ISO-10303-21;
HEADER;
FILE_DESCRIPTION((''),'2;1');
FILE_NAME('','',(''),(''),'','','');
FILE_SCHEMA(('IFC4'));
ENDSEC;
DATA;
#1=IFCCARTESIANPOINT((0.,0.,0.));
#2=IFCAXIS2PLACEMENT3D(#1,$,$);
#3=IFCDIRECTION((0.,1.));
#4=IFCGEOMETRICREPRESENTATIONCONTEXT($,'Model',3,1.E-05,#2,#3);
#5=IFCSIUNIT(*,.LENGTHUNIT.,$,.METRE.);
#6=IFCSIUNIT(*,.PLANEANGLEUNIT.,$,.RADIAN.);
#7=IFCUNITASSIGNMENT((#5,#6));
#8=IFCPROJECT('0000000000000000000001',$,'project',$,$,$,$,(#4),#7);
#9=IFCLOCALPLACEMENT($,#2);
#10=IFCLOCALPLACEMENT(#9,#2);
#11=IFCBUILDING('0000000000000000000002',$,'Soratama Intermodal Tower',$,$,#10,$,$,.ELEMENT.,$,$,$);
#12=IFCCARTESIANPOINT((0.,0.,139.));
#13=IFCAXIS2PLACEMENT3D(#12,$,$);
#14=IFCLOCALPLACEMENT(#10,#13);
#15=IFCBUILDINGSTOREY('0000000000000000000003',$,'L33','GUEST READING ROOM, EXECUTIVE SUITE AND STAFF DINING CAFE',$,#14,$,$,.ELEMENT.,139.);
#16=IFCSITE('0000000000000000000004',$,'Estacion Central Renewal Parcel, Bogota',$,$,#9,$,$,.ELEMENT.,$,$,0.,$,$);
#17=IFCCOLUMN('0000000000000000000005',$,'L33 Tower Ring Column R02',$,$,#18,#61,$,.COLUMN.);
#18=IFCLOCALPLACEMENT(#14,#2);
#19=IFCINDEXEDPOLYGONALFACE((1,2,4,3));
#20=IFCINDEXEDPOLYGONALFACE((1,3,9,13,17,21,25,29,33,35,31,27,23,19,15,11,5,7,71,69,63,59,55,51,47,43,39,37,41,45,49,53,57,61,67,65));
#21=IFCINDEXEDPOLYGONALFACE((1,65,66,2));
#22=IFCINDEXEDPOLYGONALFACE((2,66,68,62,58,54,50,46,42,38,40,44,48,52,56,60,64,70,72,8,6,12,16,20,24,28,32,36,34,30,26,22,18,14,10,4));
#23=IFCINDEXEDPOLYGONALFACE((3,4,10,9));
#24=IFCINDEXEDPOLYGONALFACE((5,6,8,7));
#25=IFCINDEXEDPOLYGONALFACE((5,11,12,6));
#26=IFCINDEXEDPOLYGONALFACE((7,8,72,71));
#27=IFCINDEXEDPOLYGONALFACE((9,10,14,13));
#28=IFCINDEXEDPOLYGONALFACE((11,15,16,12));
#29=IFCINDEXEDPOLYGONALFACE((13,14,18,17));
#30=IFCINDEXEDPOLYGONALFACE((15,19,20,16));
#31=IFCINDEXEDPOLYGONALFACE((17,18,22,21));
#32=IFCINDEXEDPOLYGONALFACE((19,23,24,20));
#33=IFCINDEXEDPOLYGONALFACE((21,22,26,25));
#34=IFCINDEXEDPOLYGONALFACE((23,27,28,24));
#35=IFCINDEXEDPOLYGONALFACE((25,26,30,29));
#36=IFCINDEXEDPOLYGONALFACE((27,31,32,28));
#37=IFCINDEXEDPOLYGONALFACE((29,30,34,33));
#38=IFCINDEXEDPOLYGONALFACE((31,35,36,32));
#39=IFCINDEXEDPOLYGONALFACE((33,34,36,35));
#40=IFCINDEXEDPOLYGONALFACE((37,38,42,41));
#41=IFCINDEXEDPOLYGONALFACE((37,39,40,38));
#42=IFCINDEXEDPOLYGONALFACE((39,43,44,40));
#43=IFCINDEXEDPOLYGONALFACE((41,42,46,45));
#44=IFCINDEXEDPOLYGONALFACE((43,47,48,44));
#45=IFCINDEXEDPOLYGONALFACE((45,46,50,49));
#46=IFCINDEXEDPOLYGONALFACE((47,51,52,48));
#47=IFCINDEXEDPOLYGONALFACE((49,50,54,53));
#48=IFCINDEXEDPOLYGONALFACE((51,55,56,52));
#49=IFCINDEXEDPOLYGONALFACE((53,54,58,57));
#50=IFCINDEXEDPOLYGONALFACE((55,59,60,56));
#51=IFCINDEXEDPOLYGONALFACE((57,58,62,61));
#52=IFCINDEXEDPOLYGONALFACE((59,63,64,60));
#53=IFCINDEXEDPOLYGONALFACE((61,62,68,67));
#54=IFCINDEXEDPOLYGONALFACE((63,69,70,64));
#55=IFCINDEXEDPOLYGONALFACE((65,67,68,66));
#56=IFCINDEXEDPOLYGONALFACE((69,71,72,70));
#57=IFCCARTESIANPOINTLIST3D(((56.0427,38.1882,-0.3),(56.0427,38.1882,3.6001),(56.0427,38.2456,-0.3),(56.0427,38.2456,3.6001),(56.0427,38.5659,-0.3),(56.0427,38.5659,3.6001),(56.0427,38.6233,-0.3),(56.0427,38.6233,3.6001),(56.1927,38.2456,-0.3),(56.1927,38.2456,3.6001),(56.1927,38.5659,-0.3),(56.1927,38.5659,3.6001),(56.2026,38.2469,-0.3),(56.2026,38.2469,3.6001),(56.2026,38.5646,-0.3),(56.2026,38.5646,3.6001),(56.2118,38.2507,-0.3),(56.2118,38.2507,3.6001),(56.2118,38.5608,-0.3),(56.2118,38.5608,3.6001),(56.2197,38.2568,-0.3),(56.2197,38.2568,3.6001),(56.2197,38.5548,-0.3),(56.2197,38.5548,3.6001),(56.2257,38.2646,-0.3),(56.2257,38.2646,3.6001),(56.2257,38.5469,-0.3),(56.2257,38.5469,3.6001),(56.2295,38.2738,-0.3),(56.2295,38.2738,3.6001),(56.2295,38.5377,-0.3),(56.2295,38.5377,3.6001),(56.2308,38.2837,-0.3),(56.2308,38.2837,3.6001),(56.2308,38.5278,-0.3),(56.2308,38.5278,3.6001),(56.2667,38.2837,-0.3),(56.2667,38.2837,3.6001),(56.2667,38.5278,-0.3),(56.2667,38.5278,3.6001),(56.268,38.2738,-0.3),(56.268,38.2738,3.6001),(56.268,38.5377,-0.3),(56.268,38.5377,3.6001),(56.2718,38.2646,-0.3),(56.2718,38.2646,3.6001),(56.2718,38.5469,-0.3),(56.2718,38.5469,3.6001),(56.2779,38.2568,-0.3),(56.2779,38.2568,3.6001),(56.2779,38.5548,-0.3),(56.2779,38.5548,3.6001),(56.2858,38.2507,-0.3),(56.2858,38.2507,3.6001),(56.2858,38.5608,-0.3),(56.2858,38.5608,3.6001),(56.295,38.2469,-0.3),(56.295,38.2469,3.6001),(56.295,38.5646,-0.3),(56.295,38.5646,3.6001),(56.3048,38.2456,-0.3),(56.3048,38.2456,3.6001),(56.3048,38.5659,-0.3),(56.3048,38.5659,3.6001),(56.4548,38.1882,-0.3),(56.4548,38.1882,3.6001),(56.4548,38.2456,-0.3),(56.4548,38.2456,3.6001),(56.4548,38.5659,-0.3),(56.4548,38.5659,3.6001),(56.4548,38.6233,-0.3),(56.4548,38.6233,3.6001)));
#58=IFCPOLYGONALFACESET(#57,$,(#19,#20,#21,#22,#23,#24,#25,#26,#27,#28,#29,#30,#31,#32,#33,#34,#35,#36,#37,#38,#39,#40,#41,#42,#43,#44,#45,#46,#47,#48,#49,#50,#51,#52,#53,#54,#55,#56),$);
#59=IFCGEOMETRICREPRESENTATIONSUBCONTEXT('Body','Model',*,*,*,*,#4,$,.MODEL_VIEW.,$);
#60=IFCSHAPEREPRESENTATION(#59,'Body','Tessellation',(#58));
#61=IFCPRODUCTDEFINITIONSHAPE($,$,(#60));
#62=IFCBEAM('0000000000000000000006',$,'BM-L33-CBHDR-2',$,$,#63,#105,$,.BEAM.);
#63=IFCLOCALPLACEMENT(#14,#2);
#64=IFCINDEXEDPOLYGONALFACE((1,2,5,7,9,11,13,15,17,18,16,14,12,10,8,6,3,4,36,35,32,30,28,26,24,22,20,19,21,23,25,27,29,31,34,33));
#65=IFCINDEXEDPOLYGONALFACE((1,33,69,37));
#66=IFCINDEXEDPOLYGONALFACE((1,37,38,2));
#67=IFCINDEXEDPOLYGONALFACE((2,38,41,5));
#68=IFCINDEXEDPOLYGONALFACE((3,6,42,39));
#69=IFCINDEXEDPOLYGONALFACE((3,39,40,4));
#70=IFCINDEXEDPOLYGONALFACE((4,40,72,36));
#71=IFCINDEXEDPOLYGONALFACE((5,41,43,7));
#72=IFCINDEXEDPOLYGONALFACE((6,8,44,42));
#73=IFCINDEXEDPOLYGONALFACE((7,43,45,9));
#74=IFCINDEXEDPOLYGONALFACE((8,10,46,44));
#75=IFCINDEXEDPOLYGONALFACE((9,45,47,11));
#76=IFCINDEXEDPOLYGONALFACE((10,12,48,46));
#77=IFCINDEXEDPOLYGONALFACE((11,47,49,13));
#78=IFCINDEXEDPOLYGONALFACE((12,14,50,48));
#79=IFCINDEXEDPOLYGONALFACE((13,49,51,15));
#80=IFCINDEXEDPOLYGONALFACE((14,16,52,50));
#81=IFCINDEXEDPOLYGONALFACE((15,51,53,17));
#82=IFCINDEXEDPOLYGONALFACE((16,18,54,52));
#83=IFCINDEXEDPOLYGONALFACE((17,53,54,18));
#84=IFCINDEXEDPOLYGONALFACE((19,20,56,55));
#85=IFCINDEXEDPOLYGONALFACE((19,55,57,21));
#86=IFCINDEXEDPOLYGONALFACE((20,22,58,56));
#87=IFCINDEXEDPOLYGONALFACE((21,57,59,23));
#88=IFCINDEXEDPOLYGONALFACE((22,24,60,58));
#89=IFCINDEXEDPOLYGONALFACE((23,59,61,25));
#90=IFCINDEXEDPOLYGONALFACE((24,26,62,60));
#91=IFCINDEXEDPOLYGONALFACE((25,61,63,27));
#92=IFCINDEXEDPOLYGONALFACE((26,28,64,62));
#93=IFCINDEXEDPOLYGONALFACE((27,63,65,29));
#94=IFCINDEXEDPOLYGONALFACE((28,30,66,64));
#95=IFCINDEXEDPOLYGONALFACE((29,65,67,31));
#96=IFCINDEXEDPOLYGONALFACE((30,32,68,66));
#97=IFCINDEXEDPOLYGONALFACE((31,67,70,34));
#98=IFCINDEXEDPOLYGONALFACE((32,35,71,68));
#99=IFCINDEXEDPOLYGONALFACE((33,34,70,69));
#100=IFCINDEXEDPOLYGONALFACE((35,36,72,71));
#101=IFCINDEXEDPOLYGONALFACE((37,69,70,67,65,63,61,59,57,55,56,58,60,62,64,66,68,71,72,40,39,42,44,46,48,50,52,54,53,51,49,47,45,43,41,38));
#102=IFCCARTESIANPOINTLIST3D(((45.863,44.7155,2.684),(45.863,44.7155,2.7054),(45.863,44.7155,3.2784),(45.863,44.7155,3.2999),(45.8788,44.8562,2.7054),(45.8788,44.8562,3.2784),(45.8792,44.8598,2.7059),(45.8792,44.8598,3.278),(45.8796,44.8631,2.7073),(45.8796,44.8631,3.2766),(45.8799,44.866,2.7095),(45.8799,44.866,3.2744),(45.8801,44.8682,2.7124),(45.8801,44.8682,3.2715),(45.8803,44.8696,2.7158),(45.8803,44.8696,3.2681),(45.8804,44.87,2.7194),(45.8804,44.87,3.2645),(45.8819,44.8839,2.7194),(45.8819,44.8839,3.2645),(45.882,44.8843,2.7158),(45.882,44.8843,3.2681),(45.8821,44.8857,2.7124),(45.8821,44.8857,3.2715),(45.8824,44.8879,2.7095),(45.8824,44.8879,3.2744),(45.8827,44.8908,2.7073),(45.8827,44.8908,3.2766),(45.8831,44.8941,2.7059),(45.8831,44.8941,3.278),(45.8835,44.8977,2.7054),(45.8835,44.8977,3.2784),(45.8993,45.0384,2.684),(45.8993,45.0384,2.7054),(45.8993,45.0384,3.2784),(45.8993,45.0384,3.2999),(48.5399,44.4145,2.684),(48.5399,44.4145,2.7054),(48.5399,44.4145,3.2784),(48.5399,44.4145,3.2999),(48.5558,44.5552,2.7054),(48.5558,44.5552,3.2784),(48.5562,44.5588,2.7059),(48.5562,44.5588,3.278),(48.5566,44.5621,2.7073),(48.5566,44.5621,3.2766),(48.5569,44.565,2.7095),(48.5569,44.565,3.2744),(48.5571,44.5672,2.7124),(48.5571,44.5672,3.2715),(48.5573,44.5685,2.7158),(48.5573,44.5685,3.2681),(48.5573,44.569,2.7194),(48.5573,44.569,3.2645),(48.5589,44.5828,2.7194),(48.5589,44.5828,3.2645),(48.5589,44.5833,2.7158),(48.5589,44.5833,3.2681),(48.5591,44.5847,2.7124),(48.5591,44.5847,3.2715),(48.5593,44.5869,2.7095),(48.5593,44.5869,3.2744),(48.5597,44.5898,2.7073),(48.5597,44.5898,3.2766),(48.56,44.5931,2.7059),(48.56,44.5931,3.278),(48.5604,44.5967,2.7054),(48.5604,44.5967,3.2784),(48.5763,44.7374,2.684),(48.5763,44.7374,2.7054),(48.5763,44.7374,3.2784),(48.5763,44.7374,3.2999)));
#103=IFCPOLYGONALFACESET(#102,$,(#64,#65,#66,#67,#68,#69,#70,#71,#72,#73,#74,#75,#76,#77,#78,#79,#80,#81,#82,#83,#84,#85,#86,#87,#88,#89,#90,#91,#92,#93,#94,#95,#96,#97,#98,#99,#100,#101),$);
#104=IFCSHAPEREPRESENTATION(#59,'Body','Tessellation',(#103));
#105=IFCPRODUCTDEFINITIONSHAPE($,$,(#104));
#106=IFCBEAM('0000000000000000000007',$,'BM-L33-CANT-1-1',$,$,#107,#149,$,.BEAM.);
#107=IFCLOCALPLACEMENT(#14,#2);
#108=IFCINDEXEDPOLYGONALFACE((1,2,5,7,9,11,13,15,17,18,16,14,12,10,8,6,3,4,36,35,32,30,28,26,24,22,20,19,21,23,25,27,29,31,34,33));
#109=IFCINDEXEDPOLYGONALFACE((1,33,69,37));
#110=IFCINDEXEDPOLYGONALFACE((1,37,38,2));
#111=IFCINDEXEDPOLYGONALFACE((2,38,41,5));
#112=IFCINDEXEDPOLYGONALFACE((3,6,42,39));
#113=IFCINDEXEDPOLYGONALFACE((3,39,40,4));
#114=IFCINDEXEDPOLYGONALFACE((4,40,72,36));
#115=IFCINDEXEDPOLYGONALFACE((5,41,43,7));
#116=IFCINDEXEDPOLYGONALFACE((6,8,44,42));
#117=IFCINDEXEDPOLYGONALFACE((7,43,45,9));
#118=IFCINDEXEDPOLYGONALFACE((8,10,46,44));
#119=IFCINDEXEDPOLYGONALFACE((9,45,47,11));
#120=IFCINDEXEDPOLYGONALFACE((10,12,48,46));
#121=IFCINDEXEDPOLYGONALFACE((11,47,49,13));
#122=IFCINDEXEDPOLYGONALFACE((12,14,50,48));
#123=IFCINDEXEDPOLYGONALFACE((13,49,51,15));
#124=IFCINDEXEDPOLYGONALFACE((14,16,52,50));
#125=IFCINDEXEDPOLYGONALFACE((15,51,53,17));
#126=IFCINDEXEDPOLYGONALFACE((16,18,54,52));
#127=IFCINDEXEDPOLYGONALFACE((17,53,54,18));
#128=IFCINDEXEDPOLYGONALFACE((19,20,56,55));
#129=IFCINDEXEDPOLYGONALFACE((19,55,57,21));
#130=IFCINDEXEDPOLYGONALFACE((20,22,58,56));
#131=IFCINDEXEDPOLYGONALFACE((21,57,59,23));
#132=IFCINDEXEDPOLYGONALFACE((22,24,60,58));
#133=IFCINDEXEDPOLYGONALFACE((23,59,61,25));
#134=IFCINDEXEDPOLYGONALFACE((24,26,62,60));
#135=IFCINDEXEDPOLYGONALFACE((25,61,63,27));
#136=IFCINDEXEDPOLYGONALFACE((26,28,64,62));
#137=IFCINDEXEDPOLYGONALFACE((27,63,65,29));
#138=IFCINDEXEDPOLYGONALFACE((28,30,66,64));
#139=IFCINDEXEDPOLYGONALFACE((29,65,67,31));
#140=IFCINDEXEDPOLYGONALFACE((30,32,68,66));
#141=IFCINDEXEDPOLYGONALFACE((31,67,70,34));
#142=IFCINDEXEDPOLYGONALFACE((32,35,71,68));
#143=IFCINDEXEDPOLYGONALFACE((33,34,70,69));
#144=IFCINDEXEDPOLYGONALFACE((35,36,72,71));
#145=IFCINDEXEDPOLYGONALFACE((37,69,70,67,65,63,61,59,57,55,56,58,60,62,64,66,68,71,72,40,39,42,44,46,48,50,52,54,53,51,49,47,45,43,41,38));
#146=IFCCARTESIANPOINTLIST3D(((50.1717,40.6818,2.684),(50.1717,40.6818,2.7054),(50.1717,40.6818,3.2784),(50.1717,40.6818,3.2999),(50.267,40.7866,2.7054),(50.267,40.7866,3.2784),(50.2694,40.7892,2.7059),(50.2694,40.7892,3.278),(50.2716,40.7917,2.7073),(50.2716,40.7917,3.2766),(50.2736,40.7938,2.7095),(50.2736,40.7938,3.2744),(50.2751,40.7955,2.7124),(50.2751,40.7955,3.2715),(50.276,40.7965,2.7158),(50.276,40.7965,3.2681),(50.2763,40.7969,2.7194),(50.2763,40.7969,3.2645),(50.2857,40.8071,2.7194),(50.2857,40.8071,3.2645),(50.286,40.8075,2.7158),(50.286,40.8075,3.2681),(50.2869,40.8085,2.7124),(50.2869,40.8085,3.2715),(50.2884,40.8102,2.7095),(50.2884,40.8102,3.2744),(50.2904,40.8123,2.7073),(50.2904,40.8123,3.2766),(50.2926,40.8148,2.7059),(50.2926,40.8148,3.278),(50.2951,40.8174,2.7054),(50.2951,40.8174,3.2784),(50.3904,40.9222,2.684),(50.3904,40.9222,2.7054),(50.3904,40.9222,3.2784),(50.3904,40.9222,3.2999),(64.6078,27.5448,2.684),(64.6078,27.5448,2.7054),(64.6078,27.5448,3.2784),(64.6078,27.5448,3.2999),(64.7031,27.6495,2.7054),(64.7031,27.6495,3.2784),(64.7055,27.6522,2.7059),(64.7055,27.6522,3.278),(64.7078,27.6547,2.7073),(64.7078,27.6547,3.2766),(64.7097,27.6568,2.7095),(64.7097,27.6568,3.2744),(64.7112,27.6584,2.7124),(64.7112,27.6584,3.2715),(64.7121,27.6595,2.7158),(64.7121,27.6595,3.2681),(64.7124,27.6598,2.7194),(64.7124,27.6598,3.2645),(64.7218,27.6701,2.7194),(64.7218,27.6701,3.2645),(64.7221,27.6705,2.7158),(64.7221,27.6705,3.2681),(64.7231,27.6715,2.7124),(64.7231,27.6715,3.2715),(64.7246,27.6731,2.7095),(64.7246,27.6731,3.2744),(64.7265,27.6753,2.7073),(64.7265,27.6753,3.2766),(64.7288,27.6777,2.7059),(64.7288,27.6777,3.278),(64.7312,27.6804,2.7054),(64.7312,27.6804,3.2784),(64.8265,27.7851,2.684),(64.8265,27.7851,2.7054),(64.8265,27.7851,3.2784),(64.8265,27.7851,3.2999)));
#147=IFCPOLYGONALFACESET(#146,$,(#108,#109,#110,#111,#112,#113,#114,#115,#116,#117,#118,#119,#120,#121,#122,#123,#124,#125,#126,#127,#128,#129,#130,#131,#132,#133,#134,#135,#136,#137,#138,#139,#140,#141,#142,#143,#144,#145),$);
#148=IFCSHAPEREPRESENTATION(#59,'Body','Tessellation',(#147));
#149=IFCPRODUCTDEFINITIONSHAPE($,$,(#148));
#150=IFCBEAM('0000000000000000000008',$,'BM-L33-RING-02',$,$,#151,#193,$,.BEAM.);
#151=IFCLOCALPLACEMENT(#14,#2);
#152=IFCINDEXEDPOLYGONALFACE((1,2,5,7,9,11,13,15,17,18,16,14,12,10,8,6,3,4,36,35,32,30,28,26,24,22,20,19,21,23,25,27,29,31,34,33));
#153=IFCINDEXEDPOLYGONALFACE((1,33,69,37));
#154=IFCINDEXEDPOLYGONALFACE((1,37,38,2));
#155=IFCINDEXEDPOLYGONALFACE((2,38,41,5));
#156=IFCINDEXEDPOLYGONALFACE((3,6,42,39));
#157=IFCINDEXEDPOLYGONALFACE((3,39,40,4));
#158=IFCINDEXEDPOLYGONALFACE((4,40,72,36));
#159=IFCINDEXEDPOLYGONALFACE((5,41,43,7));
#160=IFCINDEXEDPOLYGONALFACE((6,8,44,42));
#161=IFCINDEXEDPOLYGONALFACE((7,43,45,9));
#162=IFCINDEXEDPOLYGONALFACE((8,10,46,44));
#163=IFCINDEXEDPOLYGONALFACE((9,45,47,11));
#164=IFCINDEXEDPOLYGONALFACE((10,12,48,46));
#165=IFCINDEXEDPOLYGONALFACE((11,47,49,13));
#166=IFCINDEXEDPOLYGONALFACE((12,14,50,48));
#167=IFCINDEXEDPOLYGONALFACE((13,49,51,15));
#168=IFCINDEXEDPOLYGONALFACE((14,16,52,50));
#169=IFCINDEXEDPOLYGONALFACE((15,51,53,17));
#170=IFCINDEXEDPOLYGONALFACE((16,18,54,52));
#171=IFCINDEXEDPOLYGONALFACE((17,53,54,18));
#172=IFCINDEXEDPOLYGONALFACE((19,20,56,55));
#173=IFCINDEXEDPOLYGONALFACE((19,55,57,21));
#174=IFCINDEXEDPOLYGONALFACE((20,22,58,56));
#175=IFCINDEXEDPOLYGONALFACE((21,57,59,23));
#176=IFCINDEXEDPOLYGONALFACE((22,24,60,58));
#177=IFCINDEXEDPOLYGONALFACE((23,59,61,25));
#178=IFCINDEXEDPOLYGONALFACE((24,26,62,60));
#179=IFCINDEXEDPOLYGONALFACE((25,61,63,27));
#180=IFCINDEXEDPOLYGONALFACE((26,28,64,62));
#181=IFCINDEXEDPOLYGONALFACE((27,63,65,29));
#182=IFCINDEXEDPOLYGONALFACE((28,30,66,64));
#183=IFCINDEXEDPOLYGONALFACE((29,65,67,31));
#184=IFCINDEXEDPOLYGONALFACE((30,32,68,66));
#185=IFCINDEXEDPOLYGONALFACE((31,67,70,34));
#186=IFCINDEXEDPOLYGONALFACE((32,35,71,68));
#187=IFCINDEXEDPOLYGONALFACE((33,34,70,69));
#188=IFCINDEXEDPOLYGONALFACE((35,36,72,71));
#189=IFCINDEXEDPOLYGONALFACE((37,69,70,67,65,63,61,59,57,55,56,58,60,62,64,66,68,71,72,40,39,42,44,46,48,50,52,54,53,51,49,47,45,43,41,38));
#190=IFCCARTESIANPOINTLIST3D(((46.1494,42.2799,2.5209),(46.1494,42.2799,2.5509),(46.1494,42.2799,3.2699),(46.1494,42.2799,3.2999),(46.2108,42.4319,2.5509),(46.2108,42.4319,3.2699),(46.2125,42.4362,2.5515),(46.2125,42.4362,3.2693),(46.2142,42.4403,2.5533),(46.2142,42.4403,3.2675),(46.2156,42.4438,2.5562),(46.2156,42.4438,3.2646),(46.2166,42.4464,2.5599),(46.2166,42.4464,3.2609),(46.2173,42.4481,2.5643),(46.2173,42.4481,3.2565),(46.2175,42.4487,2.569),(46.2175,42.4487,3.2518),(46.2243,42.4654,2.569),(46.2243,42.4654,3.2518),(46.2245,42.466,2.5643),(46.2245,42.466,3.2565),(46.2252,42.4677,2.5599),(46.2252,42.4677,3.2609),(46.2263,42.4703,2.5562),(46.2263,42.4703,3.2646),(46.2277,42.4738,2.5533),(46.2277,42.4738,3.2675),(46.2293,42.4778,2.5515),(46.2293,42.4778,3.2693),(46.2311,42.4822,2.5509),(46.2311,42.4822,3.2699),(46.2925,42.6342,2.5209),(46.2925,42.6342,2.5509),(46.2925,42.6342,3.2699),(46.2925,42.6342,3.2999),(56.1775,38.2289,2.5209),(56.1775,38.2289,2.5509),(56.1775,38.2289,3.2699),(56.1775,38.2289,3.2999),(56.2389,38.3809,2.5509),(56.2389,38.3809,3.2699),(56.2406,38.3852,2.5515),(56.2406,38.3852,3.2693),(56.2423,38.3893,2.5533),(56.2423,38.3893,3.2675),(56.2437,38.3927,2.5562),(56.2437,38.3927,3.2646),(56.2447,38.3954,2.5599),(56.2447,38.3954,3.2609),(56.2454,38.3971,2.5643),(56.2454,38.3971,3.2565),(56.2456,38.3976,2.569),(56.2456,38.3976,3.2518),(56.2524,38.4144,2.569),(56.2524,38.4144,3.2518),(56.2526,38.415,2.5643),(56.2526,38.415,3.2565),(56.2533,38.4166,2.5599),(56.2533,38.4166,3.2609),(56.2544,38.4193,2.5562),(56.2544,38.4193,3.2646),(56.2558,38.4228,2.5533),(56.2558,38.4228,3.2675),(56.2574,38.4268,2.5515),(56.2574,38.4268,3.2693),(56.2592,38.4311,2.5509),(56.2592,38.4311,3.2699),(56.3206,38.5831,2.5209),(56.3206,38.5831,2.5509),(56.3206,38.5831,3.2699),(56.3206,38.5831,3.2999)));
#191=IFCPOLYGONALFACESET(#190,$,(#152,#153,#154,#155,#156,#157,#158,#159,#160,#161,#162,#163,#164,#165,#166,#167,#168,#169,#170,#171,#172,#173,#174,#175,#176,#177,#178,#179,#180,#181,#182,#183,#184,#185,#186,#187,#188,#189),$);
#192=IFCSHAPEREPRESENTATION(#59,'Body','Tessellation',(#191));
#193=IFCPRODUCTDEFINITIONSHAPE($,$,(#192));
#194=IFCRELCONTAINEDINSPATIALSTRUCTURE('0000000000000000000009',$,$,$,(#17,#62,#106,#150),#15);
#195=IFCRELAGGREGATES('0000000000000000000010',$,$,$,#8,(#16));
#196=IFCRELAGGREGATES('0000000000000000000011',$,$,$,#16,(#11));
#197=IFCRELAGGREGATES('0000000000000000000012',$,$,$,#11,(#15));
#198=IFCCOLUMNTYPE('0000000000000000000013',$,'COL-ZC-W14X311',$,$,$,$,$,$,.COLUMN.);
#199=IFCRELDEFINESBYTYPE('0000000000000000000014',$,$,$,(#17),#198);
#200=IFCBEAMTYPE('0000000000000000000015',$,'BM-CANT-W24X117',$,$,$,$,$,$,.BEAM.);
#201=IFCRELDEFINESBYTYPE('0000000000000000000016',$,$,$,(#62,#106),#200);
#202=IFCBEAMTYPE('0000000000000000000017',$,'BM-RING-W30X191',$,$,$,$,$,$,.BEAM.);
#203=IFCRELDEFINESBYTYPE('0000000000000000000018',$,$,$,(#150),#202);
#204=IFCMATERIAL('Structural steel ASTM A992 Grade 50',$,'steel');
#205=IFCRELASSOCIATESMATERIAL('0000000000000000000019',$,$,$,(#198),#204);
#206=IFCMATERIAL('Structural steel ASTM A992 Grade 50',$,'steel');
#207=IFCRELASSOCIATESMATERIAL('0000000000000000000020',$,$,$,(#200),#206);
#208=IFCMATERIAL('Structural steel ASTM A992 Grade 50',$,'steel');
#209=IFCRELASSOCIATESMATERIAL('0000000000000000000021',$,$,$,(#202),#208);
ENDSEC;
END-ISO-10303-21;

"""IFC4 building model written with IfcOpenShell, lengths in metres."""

from ifc_helpers import new_model, si_unit, direction, frame, origin, origin_2d, place, context, subcontext, project, spatial, i_section, extrude, material, material_profile, profile_set, type_object, element, save


model = new_model("IFC4")

# Units and contexts
model_context = context("Model", 3, precision=1e-05, world=origin(), true_north=direction((0.0, 1.0)))
body_context = subcontext(model_context, "Body", "Model", "MODEL_VIEW")
ifc_project = project(units=[si_unit("LENGTHUNIT", "METRE"), si_unit("PLANEANGLEUNIT", "RADIAN")], contexts=[model_context])

# Site, building, storey
site_placement = place(None, origin())
site = spatial("IfcSite", under=ifc_project, at=site_placement, Name="Estacion Central Renewal Parcel, Bogota", CompositionType="ELEMENT", RefElevation=0.0)
building_placement = place(site_placement, origin())
building = spatial("IfcBuilding", under=site, at=building_placement, Name="Soratama Intermodal Tower", CompositionType="ELEMENT")
storey_placement = place(building_placement, frame((0.0, 0.0, 139.0)))
storey = spatial("IfcBuildingStorey", under=building, at=storey_placement, Name="L33", Description="GUEST READING ROOM, EXECUTIVE SUITE AND STAFF DINING CAFE", CompositionType="ELEMENT", Elevation=139.0)

# Column
ifc_material_1 = material(Name="Structural steel ASTM A992 Grade 50", Category="steel")
ifc_material_profile_1 = material_profile(ifc_material_1, i_section(OverallWidth=0.4121, OverallDepth=0.4351, WebThickness=0.0359, FlangeThickness=0.0574, FilletRadius=0.0381, at=origin_2d()), Name="W14X311")
ifc_profile_set_1 = profile_set([ifc_material_profile_1], Name="Structural steel ASTM A992 Grade 50")
column_type = type_object("IfcColumnType", Name="COL-ZC-W14X311", PredefinedType="COLUMN", material=ifc_profile_set_1)
column_placement = place(storey_placement, frame((56.2488, 38.4058, -0.3), z_axis=(0.0, 0.0, 1.0), x_axis=(1.0, 0.0, 0.0)))
element("IfcColumn", 1, at=column_placement, inside=storey, type_object=column_type, Name="L33 Tower Ring Column R02", PredefinedType="COLUMN", context=body_context, shape_type="SweptSolid", body=[
    extrude(i_section(OverallWidth=0.4121, OverallDepth=0.4351, WebThickness=0.0359, FlangeThickness=0.0574, FilletRadius=0.0381, at=origin_2d()), origin(), (0.0, 0.0, 1.0), 3.9001),
])

# Beams
ifc_material_2 = material(Name="Structural steel ASTM A992 Grade 50", Category="steel")
ifc_material_profile_2 = material_profile(ifc_material_2, i_section(OverallWidth=0.325, OverallDepth=0.616, WebThickness=0.0139, FlangeThickness=0.0215, FilletRadius=0.0139, at=origin_2d()), Name="W24X117")
ifc_profile_set_2 = profile_set([ifc_material_profile_2], Name="Structural steel ASTM A992 Grade 50")
beam_type_1 = type_object("IfcBeamType", Name="BM-CANT-W24X117", PredefinedType="BEAM", material=ifc_profile_set_2)
beam_1_placement = place(storey_placement, frame((48.5581, 44.5759, 2.9919), z_axis=(-0.993737, 0.111744, 0.0), x_axis=(-0.111744, -0.993737, 0.0)))
element("IfcBeam", 2, at=beam_1_placement, inside=storey, type_object=beam_type_1, Name="BM-L33-CBHDR-2", PredefinedType="BEAM", context=body_context, shape_type="SweptSolid", body=[
    extrude(i_section(OverallWidth=0.325, OverallDepth=0.616, WebThickness=0.0139, FlangeThickness=0.0215, FilletRadius=0.0139, at=origin_2d()), origin(), (0.0, 0.0, 1.0), 2.6938),
])
beam_2_placement = place(storey_placement, frame((50.281, 40.802, 2.9919), z_axis=(0.739601, -0.673046, 0.0), x_axis=(0.673046, 0.739601, 0.0)))
element("IfcBeam", 3, at=beam_2_placement, inside=storey, type_object=beam_type_1, Name="BM-L33-CANT-1-1", PredefinedType="BEAM", context=body_context, shape_type="SweptSolid", body=[
    extrude(i_section(OverallWidth=0.325, OverallDepth=0.616, WebThickness=0.0139, FlangeThickness=0.0215, FilletRadius=0.0139, at=origin_2d()), origin(), (0.0, 0.0, 1.0), 19.5188),
])
ifc_material_3 = material(Name="Structural steel ASTM A992 Grade 50", Category="steel")
ifc_material_profile_3 = material_profile(ifc_material_3, i_section(OverallWidth=0.3821, OverallDepth=0.7791, WebThickness=0.0181, FlangeThickness=0.03, FilletRadius=0.0181, at=origin_2d()), Name="W30X191")
ifc_profile_set_3 = profile_set([ifc_material_profile_3], Name="Structural steel ASTM A992 Grade 50")
beam_type_2 = type_object("IfcBeamType", Name="BM-RING-W30X191", PredefinedType="BEAM", material=ifc_profile_set_3)
beam_3_placement = place(storey_placement, frame((56.249, 38.406, 2.9104), z_axis=(-0.927202, 0.37456, 0.0), x_axis=(-0.37456, -0.927202, 0.0)))
element("IfcBeam", 4, at=beam_3_placement, inside=storey, type_object=beam_type_2, Name="BM-L33-RING-02", PredefinedType="BEAM", context=body_context, shape_type="SweptSolid", body=[
    extrude(i_section(OverallWidth=0.3821, OverallDepth=0.7791, WebThickness=0.0181, FlangeThickness=0.03, FilletRadius=0.0181, at=origin_2d()), origin(), (0.0, 0.0, 1.0), 10.8154),
])

save(model, "model.ifc")
